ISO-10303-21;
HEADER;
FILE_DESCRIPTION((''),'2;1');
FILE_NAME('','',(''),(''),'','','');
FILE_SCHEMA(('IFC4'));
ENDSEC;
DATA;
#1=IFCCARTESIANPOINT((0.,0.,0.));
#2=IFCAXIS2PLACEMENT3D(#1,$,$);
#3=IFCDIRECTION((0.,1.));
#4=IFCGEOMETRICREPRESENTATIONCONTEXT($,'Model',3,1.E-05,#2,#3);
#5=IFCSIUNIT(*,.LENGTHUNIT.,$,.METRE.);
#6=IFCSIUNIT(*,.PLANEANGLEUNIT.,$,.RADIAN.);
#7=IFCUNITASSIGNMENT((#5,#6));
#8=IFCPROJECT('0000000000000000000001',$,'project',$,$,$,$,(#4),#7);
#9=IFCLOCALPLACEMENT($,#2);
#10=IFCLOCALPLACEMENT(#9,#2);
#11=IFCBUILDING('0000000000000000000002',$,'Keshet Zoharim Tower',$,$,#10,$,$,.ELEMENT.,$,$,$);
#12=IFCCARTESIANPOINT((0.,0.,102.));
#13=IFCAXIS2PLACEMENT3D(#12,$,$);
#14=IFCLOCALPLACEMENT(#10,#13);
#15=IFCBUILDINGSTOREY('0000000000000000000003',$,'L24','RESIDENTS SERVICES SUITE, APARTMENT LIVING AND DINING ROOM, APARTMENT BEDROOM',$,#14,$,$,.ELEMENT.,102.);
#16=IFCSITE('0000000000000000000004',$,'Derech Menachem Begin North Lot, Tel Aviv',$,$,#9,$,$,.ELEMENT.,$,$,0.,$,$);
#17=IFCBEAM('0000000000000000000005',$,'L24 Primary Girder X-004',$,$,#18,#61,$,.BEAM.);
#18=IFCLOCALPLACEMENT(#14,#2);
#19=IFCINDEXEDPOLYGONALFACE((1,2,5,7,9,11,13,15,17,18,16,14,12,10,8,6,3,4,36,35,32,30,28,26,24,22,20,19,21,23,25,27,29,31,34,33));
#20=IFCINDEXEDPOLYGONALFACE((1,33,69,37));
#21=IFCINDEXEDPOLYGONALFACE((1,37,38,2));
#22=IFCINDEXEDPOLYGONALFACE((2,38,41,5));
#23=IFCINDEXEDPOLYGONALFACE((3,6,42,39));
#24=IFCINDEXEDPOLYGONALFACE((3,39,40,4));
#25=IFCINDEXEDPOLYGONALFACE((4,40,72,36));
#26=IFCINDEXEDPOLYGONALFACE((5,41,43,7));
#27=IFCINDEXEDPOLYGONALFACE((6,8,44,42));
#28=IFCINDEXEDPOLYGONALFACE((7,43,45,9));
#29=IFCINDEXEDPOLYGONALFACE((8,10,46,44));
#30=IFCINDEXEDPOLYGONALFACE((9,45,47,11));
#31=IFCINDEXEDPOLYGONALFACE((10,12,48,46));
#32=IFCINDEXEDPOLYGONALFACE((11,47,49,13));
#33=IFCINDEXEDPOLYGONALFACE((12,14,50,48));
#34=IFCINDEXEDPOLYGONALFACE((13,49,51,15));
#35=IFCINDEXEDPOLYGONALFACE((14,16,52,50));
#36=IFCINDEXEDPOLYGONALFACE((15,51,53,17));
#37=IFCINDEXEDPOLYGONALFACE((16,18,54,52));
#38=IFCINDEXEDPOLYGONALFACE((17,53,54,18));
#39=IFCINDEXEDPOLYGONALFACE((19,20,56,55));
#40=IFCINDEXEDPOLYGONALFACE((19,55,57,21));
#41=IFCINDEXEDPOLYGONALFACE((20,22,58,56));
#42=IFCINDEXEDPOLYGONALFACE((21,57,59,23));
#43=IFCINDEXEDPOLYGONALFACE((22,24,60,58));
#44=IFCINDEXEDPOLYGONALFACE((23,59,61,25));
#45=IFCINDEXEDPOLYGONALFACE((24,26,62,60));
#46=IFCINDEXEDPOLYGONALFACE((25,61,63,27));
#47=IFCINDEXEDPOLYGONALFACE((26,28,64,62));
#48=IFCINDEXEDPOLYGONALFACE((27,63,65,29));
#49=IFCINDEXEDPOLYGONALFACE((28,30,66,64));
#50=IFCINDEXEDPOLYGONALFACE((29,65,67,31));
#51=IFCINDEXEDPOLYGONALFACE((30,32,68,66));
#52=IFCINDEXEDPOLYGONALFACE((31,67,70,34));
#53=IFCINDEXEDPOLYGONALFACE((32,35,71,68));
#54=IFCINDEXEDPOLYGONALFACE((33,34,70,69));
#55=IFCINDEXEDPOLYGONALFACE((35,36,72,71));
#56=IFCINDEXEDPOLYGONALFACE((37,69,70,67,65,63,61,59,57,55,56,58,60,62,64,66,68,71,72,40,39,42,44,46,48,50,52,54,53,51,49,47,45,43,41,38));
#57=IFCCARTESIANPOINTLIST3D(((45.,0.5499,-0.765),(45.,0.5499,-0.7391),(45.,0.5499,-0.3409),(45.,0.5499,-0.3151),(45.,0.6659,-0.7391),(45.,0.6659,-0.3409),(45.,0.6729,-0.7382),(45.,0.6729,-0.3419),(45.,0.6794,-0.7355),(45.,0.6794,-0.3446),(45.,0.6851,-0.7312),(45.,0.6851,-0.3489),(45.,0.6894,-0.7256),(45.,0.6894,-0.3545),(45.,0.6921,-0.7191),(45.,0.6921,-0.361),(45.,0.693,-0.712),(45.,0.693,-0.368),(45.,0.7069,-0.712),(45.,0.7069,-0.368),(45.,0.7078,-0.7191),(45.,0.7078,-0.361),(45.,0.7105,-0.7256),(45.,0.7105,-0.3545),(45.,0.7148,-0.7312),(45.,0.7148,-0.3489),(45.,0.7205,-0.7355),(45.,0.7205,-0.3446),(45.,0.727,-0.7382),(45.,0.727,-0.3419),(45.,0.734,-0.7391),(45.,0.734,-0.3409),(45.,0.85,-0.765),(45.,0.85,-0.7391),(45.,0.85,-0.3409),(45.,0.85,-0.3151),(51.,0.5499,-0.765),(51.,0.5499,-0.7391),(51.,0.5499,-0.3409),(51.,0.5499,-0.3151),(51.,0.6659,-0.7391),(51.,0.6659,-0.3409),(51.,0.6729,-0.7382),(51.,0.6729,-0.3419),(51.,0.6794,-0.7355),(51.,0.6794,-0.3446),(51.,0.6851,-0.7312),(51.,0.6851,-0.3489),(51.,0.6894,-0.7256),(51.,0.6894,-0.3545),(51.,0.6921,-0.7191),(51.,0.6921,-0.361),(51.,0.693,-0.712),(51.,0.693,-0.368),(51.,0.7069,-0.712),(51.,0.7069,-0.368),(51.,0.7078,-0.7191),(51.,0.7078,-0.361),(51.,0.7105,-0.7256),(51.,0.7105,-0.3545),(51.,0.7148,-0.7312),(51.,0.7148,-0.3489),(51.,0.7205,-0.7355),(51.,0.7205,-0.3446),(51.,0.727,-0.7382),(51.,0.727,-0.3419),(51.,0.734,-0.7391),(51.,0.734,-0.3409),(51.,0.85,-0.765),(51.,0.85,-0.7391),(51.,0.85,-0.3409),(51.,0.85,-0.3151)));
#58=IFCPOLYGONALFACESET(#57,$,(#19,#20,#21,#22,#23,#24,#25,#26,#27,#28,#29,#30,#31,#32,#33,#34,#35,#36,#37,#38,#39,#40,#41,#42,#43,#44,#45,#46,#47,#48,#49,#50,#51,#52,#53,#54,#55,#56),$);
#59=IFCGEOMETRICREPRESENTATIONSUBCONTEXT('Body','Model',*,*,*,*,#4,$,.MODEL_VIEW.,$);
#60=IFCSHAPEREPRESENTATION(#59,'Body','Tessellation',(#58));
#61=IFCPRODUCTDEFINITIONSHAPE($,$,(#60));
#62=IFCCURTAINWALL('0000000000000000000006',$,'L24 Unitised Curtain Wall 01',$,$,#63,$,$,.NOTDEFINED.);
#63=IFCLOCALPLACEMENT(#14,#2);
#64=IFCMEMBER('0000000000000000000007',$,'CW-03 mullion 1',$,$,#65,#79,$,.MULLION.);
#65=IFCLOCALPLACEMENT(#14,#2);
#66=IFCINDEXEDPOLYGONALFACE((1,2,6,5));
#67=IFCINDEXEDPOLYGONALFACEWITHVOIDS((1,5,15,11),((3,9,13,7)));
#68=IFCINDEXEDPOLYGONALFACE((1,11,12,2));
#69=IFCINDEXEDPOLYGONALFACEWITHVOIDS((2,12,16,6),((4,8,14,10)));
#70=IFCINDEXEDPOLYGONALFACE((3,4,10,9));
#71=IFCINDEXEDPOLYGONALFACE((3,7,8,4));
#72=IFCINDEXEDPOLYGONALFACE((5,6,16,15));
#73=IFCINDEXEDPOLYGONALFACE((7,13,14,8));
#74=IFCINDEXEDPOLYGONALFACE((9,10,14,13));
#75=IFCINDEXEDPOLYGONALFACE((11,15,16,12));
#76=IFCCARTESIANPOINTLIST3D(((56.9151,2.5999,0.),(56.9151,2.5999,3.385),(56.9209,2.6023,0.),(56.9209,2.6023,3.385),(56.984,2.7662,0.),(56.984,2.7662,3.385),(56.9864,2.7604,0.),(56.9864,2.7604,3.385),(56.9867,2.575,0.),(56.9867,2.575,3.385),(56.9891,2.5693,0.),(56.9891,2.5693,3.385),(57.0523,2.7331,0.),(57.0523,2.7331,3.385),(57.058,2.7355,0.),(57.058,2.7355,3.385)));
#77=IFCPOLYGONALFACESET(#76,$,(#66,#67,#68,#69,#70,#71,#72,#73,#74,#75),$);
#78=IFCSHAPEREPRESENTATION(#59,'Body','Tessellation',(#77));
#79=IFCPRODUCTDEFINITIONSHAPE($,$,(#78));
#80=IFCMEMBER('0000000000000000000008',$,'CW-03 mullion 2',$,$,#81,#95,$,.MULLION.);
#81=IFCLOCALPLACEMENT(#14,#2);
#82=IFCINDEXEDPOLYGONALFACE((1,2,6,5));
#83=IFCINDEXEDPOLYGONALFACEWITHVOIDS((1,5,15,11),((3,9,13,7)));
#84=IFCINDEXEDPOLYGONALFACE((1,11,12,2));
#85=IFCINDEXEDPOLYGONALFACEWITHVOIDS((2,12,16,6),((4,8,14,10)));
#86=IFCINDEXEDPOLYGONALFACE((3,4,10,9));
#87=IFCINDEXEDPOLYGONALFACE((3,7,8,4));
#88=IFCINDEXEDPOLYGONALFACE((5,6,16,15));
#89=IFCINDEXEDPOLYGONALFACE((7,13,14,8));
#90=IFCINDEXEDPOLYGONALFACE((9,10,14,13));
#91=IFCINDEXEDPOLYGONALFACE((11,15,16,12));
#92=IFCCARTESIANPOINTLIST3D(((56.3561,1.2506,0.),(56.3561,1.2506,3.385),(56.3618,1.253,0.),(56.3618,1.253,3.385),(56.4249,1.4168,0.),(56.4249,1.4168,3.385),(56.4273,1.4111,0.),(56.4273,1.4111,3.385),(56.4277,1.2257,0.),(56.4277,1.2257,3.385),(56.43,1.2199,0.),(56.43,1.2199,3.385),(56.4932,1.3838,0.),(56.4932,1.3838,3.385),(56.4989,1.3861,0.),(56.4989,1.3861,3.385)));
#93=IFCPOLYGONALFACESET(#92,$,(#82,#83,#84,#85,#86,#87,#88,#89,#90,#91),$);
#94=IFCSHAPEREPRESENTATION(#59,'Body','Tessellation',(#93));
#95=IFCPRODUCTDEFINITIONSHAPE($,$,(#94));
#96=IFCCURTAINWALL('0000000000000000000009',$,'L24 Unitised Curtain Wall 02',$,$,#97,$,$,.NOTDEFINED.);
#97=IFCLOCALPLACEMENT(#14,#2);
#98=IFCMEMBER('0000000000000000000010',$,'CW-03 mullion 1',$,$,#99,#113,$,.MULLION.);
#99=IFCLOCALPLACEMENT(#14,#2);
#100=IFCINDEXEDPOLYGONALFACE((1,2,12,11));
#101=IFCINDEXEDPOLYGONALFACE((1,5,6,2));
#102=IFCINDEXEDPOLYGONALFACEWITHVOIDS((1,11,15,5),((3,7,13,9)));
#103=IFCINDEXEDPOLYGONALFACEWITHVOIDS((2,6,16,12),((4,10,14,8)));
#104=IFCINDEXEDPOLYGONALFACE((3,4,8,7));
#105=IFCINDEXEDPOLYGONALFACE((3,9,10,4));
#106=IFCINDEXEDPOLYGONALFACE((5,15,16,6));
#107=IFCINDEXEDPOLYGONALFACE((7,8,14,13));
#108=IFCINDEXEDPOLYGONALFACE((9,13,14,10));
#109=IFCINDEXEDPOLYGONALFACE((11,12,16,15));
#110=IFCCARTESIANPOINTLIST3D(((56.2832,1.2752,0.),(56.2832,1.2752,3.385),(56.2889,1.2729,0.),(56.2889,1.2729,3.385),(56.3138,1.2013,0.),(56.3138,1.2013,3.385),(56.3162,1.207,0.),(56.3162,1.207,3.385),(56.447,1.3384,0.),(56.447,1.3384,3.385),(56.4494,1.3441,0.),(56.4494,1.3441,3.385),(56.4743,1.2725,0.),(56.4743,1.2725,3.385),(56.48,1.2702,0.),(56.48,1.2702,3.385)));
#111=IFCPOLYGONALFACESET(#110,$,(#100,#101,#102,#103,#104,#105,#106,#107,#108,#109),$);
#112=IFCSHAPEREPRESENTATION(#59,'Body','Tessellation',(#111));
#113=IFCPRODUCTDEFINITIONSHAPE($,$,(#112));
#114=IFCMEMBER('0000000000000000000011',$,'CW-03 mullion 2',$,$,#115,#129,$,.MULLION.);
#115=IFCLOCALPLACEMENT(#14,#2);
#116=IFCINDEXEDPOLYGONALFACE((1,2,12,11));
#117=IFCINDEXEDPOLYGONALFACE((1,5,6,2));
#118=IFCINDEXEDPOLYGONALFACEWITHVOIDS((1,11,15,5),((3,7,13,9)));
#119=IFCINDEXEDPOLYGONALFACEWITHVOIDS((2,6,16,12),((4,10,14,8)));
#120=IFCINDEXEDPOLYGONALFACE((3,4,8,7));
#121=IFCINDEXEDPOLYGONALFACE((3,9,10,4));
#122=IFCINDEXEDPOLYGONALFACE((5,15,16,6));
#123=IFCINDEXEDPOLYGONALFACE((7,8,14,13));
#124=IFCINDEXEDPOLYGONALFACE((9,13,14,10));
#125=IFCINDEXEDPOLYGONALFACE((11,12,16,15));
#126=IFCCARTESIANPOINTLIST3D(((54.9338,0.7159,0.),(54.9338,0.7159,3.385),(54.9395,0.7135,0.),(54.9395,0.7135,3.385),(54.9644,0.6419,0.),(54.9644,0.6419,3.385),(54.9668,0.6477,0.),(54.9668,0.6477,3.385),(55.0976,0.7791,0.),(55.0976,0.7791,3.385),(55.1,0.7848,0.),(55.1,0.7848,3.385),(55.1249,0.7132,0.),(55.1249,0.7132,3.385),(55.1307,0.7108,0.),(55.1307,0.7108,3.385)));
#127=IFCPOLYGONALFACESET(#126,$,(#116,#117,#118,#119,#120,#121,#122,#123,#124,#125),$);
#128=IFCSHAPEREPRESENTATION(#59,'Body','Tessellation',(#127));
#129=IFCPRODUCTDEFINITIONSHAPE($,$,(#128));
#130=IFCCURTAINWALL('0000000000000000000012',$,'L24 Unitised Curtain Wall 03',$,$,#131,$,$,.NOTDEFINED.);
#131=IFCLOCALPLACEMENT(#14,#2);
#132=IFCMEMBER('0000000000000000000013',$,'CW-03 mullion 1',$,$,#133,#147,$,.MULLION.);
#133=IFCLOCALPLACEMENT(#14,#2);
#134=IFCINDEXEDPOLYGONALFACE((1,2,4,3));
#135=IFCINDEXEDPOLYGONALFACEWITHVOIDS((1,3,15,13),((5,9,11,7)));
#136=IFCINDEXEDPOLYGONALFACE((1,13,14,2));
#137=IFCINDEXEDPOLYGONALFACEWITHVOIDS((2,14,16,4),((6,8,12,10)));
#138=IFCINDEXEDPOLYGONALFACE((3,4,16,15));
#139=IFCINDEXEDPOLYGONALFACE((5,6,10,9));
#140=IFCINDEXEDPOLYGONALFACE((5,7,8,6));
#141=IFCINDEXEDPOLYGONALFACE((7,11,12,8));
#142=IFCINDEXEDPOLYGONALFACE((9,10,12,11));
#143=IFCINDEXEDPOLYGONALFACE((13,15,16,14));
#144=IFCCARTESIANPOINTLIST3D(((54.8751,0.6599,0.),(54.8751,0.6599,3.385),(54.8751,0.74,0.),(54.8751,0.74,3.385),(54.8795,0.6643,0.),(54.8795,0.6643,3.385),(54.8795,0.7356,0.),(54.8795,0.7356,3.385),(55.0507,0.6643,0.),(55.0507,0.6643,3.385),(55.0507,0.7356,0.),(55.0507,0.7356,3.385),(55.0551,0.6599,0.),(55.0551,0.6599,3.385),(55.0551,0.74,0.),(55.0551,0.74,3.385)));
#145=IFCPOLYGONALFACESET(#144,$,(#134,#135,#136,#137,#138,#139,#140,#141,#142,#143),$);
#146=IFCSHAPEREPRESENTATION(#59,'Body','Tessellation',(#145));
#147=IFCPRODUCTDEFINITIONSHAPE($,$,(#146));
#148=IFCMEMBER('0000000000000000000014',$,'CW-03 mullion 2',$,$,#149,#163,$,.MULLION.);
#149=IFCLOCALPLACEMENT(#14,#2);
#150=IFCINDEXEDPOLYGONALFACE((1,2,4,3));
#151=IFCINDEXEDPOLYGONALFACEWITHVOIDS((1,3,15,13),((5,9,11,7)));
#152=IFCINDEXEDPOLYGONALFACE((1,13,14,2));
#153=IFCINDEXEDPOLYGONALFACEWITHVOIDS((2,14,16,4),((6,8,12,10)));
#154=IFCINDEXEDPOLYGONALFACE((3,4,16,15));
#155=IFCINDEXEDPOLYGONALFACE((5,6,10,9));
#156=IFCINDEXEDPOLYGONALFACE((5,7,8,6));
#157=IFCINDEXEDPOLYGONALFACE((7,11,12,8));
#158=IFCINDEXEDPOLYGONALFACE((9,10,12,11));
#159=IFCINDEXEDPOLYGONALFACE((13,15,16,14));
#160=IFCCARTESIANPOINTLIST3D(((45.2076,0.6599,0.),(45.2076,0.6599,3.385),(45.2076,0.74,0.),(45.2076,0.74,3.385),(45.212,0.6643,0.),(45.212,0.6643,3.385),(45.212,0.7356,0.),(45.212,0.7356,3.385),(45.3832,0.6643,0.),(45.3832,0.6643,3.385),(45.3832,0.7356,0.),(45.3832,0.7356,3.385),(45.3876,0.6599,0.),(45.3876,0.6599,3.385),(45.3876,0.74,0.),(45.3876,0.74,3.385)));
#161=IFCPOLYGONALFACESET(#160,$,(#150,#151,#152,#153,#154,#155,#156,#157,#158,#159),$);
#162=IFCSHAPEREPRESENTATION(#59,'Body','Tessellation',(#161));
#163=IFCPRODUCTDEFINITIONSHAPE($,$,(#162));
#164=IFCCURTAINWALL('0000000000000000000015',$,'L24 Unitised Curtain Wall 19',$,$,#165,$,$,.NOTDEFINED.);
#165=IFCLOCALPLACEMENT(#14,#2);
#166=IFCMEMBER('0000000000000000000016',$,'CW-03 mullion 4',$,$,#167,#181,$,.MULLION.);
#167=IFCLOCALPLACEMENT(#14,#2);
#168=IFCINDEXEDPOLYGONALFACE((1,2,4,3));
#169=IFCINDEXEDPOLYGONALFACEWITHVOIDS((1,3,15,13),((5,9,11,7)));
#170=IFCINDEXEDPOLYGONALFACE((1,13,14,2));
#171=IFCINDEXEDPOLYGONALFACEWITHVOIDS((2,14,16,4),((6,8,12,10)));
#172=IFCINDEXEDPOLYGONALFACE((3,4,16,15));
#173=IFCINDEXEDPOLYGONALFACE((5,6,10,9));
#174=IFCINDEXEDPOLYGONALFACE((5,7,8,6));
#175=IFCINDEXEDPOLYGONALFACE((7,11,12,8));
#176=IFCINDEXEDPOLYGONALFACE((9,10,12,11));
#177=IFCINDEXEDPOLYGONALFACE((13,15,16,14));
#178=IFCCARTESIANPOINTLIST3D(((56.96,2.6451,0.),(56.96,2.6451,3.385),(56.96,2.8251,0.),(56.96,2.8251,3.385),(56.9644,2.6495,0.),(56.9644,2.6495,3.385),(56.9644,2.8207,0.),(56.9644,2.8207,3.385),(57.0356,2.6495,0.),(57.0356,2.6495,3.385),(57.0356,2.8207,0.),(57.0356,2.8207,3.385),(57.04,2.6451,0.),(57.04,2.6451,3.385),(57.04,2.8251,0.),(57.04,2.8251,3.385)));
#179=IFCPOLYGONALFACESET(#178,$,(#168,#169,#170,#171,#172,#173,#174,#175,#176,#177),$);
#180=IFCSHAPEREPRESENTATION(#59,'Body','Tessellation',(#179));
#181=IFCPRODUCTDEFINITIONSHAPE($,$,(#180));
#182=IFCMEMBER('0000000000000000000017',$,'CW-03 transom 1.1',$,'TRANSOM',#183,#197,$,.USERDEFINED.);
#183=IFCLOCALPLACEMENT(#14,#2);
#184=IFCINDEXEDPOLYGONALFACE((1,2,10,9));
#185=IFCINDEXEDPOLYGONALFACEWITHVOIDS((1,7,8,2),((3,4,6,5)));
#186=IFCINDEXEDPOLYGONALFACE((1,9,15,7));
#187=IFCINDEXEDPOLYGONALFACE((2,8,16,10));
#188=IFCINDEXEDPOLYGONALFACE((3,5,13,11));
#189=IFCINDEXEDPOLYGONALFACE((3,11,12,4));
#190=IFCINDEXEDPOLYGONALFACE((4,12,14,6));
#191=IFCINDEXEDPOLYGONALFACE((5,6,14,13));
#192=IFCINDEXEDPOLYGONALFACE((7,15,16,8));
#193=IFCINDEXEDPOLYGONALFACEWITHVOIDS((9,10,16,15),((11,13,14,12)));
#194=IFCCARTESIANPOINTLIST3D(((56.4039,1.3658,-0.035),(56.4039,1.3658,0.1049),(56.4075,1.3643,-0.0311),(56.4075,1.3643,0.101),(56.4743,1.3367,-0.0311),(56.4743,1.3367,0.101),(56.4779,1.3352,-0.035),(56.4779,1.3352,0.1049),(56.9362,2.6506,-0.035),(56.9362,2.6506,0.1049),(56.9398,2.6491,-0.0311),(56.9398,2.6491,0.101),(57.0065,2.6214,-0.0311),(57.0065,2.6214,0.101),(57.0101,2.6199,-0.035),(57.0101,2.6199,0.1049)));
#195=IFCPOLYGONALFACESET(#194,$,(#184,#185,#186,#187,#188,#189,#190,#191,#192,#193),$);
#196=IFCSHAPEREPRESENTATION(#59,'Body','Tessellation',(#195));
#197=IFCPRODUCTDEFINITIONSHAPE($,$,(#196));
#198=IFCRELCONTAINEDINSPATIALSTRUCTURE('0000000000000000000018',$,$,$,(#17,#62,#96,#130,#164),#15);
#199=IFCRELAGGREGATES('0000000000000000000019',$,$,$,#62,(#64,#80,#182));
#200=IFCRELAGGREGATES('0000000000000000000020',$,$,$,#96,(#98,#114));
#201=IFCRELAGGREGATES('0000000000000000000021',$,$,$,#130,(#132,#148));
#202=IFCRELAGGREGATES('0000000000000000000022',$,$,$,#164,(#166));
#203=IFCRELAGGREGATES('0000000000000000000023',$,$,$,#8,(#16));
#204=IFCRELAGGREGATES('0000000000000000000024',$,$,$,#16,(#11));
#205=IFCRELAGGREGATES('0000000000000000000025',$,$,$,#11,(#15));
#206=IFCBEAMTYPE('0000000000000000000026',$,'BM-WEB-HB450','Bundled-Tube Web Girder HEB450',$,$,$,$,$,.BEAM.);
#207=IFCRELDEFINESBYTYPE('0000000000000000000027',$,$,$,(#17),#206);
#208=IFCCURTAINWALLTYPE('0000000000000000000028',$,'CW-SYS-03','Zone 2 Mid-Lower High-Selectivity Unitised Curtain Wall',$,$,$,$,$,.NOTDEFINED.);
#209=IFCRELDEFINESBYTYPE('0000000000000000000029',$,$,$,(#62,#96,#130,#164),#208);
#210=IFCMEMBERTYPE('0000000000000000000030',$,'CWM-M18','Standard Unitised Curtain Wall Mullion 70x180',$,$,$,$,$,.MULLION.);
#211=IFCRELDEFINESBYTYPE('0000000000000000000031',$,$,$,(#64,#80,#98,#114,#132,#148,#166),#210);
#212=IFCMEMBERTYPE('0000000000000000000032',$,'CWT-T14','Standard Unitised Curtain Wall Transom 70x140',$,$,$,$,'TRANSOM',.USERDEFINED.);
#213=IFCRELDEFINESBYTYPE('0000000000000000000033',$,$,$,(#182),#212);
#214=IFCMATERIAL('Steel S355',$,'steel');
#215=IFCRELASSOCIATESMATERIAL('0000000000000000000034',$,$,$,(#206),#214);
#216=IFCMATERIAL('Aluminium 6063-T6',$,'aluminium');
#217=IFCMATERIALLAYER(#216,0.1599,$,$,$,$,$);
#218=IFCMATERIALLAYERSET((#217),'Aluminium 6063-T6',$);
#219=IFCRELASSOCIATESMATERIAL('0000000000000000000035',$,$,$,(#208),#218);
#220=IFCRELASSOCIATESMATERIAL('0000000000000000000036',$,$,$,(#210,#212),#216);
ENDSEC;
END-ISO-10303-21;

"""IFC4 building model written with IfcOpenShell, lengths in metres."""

from ifc_helpers import new_model, si_unit, direction, frame, origin, origin_2d, place, context, subcontext, project, spatial, hollow_rectangle, i_section, extrude, material, layer, layer_set, material_profile, profile_set, type_object, element, aggregate, save


model = new_model("IFC4")

# Units and contexts
model_context = context("Model", 3, precision=1e-05, world=origin(), true_north=direction((0.0, 1.0)))
body_context = subcontext(model_context, "Body", "Model", "MODEL_VIEW")
ifc_project = project(units=[si_unit("LENGTHUNIT", "METRE"), si_unit("PLANEANGLEUNIT", "RADIAN")], contexts=[model_context])

# Site, building, storey
site_placement = place(None, origin())
site = spatial("IfcSite", under=ifc_project, at=site_placement, Name="Derech Menachem Begin North Lot, Tel Aviv", CompositionType="ELEMENT", RefElevation=0.0)
building_placement = place(site_placement, origin())
building = spatial("IfcBuilding", under=site, at=building_placement, Name="Keshet Zoharim Tower", CompositionType="ELEMENT")
storey_placement = place(building_placement, frame((0.0, 0.0, 102.0)))
storey = spatial("IfcBuildingStorey", under=building, at=storey_placement, Name="L24", Description="RESIDENTS SERVICES SUITE, APARTMENT LIVING AND DINING ROOM, APARTMENT BEDROOM", CompositionType="ELEMENT", Elevation=102.0)

# Shared definitions
ifc_material_1 = material(Name="Steel S355", Category="steel")

# Beam
ifc_material_profile_1 = material_profile(ifc_material_1, i_section(OverallWidth=0.3, OverallDepth=0.45, WebThickness=0.0139, FlangeThickness=0.0259, FilletRadius=0.0271, at=origin_2d()), Name="HEB450")
ifc_profile_set_1 = profile_set([ifc_material_profile_1], Name="Steel S355")
beam_type_1 = type_object("IfcBeamType", Name="BM-WEB-HB450", Description="Bundled-Tube Web Girder HEB450", PredefinedType="BEAM", material=ifc_profile_set_1)
beam_1_placement = place(storey_placement, frame((45.0, 0.7, -0.54), z_axis=(1.0, 0.0, 0.0), x_axis=(0.0, 1.0, 0.0)))
element("IfcBeam", 1, at=beam_1_placement, inside=storey, type_object=beam_type_1, Name="L24 Primary Girder X-004", PredefinedType="BEAM", context=body_context, shape_type="SweptSolid", body=[
    extrude(i_section(OverallWidth=0.3, OverallDepth=0.45, WebThickness=0.0139, FlangeThickness=0.0259, FilletRadius=0.0271, at=origin_2d()), origin(), (0.0, 0.0, 1.0), 6.0),
])

# Curtain walls, members
ifc_material_2 = material(Name="Aluminium 6063-T6", Category="aluminium")
ifc_layer_1 = layer(ifc_material_2, 0.1599)
ifc_layer_set_1 = layer_set([ifc_layer_1], Name="Aluminium 6063-T6")
curtain_wall_type = type_object("IfcCurtainWallType", Name="CW-SYS-03", Description="Zone 2 Mid-Lower High-Selectivity Unitised Curtain Wall", PredefinedType="NOTDEFINED", material=ifc_layer_set_1)
curtain_wall_1_placement = place(storey_placement, origin())
curtain_wall_1 = element("IfcCurtainWall", 2, at=curtain_wall_1_placement, inside=storey, type_object=curtain_wall_type, Name="L24 Unitised Curtain Wall 01", PredefinedType="NOTDEFINED")
ifc_material_profile_2 = material_profile(ifc_material_2, hollow_rectangle(XDim=0.0801, YDim=0.1799, WallThickness=0.0044, at=origin_2d()), Name="MUL-80x180")
ifc_profile_set_2 = profile_set([ifc_material_profile_2], Name="Aluminium 6063-T6")
member_type_1 = type_object("IfcMemberType", Name="CWM-M18", Description="Standard Unitised Curtain Wall Mullion 70x180", PredefinedType="MULLION", material=ifc_profile_set_2)
member_1_placement = place(storey_placement, frame((56.9866, 2.6677, 0.0), z_axis=(0.0, 0.0, 1.0), x_axis=(0.92381, -0.382852, 0.0)))
member_1 = element("IfcMember", 3, at=member_1_placement, type_object=member_type_1, Name="CW-03 mullion 1", PredefinedType="MULLION", context=body_context, shape_type="SweptSolid", body=[
    extrude(hollow_rectangle(XDim=0.0801, YDim=0.1799, WallThickness=0.0044, at=origin_2d()), origin(), (0.0, 0.0, 1.0), 3.385),
])
member_2_placement = place(storey_placement, frame((56.4275, 1.3184, 0.0), z_axis=(0.0, 0.0, 1.0), x_axis=(0.92381, -0.382852, 0.0)))
member_2 = element("IfcMember", 4, at=member_2_placement, type_object=member_type_1, Name="CW-03 mullion 2", PredefinedType="MULLION", context=body_context, shape_type="SweptSolid", body=[
    extrude(hollow_rectangle(XDim=0.0801, YDim=0.1799, WallThickness=0.0044, at=origin_2d()), origin(), (0.0, 0.0, 1.0), 3.385),
])
curtain_wall_2_placement = place(storey_placement, origin())
curtain_wall_2 = element("IfcCurtainWall", 5, at=curtain_wall_2_placement, inside=storey, type_object=curtain_wall_type, Name="L24 Unitised Curtain Wall 02", PredefinedType="NOTDEFINED")
member_3_placement = place(storey_placement, frame((56.3816, 1.2727, 0.0), z_axis=(0.0, 0.0, 1.0), x_axis=(0.382852, -0.92381, 0.0)))
member_3 = element("IfcMember", 6, at=member_3_placement, type_object=member_type_1, Name="CW-03 mullion 1", PredefinedType="MULLION", context=body_context, shape_type="SweptSolid", body=[
    extrude(hollow_rectangle(XDim=0.0801, YDim=0.1799, WallThickness=0.0044, at=origin_2d()), origin(), (0.0, 0.0, 1.0), 3.385),
])
member_4_placement = place(storey_placement, frame((55.0322, 0.7134, 0.0), z_axis=(0.0, 0.0, 1.0), x_axis=(0.382852, -0.92381, 0.0)))
member_4 = element("IfcMember", 7, at=member_4_placement, type_object=member_type_1, Name="CW-03 mullion 2", PredefinedType="MULLION", context=body_context, shape_type="SweptSolid", body=[
    extrude(hollow_rectangle(XDim=0.0801, YDim=0.1799, WallThickness=0.0044, at=origin_2d()), origin(), (0.0, 0.0, 1.0), 3.385),
])
curtain_wall_3_placement = place(storey_placement, origin())
curtain_wall_3 = element("IfcCurtainWall", 8, at=curtain_wall_3_placement, inside=storey, type_object=curtain_wall_type, Name="L24 Unitised Curtain Wall 03", PredefinedType="NOTDEFINED")
member_5_placement = place(storey_placement, frame((54.9651, 0.7, 0.0), z_axis=(0.0, 0.0, 1.0), x_axis=(0.0, -1.0, 0.0)))
member_5 = element("IfcMember", 9, at=member_5_placement, type_object=member_type_1, Name="CW-03 mullion 1", PredefinedType="MULLION", context=body_context, shape_type="SweptSolid", body=[
    extrude(hollow_rectangle(XDim=0.0801, YDim=0.1799, WallThickness=0.0044, at=origin_2d()), origin(), (0.0, 0.0, 1.0), 3.385),
])
member_6_placement = place(storey_placement, frame((45.2976, 0.7, 0.0), z_axis=(0.0, 0.0, 1.0), x_axis=(0.0, -1.0, 0.0)))
member_6 = element("IfcMember", 10, at=member_6_placement, type_object=member_type_1, Name="CW-03 mullion 2", PredefinedType="MULLION", context=body_context, shape_type="SweptSolid", body=[
    extrude(hollow_rectangle(XDim=0.0801, YDim=0.1799, WallThickness=0.0044, at=origin_2d()), origin(), (0.0, 0.0, 1.0), 3.385),
])

# Curtain wall, member
curtain_wall_4_placement = place(storey_placement, origin())
curtain_wall_4 = element("IfcCurtainWall", 11, at=curtain_wall_4_placement, inside=storey, type_object=curtain_wall_type, Name="L24 Unitised Curtain Wall 19", PredefinedType="NOTDEFINED")
member_7_placement = place(storey_placement, frame((57.0, 2.7351, 0.0), z_axis=(0.0, 0.0, 1.0), x_axis=(1.0, 0.0, 0.0)))
member_7 = element("IfcMember", 12, at=member_7_placement, type_object=member_type_1, Name="CW-03 mullion 4", PredefinedType="MULLION", context=body_context, shape_type="SweptSolid", body=[
    extrude(hollow_rectangle(XDim=0.0801, YDim=0.1799, WallThickness=0.0044, at=origin_2d()), origin(), (0.0, 0.0, 1.0), 3.385),
])

# Member
ifc_material_profile_3 = material_profile(ifc_material_2, hollow_rectangle(XDim=0.0801, YDim=0.1399, WallThickness=0.0039, at=origin_2d()), Name="TRN-80x140")
ifc_profile_set_3 = profile_set([ifc_material_profile_3], Name="Aluminium 6063-T6")
member_type_2 = type_object("IfcMemberType", Name="CWT-T14", Description="Standard Unitised Curtain Wall Transom 70x140", ElementType="TRANSOM", PredefinedType="USERDEFINED", material=ifc_profile_set_3)
member_8_placement = place(storey_placement, frame((56.9731, 2.6353, 0.0349), z_axis=(-0.382745, -0.923854, 0.0), x_axis=(0.923854, -0.382745, 0.0)))
member_8 = element("IfcMember", 13, at=member_8_placement, type_object=member_type_2, Name="CW-03 transom 1.1", ObjectType="TRANSOM", PredefinedType="USERDEFINED", context=body_context, shape_type="SweptSolid", body=[
    extrude(hollow_rectangle(XDim=0.0801, YDim=0.1399, WallThickness=0.0039, at=origin_2d()), origin(), (0.0, 0.0, 1.0), 1.3906),
])

aggregate(curtain_wall_1, [member_1, member_2, member_8])
aggregate(curtain_wall_2, [member_3, member_4])
aggregate(curtain_wall_3, [member_5, member_6])
aggregate(curtain_wall_4, [member_7])

save(model, "model.ifc")
